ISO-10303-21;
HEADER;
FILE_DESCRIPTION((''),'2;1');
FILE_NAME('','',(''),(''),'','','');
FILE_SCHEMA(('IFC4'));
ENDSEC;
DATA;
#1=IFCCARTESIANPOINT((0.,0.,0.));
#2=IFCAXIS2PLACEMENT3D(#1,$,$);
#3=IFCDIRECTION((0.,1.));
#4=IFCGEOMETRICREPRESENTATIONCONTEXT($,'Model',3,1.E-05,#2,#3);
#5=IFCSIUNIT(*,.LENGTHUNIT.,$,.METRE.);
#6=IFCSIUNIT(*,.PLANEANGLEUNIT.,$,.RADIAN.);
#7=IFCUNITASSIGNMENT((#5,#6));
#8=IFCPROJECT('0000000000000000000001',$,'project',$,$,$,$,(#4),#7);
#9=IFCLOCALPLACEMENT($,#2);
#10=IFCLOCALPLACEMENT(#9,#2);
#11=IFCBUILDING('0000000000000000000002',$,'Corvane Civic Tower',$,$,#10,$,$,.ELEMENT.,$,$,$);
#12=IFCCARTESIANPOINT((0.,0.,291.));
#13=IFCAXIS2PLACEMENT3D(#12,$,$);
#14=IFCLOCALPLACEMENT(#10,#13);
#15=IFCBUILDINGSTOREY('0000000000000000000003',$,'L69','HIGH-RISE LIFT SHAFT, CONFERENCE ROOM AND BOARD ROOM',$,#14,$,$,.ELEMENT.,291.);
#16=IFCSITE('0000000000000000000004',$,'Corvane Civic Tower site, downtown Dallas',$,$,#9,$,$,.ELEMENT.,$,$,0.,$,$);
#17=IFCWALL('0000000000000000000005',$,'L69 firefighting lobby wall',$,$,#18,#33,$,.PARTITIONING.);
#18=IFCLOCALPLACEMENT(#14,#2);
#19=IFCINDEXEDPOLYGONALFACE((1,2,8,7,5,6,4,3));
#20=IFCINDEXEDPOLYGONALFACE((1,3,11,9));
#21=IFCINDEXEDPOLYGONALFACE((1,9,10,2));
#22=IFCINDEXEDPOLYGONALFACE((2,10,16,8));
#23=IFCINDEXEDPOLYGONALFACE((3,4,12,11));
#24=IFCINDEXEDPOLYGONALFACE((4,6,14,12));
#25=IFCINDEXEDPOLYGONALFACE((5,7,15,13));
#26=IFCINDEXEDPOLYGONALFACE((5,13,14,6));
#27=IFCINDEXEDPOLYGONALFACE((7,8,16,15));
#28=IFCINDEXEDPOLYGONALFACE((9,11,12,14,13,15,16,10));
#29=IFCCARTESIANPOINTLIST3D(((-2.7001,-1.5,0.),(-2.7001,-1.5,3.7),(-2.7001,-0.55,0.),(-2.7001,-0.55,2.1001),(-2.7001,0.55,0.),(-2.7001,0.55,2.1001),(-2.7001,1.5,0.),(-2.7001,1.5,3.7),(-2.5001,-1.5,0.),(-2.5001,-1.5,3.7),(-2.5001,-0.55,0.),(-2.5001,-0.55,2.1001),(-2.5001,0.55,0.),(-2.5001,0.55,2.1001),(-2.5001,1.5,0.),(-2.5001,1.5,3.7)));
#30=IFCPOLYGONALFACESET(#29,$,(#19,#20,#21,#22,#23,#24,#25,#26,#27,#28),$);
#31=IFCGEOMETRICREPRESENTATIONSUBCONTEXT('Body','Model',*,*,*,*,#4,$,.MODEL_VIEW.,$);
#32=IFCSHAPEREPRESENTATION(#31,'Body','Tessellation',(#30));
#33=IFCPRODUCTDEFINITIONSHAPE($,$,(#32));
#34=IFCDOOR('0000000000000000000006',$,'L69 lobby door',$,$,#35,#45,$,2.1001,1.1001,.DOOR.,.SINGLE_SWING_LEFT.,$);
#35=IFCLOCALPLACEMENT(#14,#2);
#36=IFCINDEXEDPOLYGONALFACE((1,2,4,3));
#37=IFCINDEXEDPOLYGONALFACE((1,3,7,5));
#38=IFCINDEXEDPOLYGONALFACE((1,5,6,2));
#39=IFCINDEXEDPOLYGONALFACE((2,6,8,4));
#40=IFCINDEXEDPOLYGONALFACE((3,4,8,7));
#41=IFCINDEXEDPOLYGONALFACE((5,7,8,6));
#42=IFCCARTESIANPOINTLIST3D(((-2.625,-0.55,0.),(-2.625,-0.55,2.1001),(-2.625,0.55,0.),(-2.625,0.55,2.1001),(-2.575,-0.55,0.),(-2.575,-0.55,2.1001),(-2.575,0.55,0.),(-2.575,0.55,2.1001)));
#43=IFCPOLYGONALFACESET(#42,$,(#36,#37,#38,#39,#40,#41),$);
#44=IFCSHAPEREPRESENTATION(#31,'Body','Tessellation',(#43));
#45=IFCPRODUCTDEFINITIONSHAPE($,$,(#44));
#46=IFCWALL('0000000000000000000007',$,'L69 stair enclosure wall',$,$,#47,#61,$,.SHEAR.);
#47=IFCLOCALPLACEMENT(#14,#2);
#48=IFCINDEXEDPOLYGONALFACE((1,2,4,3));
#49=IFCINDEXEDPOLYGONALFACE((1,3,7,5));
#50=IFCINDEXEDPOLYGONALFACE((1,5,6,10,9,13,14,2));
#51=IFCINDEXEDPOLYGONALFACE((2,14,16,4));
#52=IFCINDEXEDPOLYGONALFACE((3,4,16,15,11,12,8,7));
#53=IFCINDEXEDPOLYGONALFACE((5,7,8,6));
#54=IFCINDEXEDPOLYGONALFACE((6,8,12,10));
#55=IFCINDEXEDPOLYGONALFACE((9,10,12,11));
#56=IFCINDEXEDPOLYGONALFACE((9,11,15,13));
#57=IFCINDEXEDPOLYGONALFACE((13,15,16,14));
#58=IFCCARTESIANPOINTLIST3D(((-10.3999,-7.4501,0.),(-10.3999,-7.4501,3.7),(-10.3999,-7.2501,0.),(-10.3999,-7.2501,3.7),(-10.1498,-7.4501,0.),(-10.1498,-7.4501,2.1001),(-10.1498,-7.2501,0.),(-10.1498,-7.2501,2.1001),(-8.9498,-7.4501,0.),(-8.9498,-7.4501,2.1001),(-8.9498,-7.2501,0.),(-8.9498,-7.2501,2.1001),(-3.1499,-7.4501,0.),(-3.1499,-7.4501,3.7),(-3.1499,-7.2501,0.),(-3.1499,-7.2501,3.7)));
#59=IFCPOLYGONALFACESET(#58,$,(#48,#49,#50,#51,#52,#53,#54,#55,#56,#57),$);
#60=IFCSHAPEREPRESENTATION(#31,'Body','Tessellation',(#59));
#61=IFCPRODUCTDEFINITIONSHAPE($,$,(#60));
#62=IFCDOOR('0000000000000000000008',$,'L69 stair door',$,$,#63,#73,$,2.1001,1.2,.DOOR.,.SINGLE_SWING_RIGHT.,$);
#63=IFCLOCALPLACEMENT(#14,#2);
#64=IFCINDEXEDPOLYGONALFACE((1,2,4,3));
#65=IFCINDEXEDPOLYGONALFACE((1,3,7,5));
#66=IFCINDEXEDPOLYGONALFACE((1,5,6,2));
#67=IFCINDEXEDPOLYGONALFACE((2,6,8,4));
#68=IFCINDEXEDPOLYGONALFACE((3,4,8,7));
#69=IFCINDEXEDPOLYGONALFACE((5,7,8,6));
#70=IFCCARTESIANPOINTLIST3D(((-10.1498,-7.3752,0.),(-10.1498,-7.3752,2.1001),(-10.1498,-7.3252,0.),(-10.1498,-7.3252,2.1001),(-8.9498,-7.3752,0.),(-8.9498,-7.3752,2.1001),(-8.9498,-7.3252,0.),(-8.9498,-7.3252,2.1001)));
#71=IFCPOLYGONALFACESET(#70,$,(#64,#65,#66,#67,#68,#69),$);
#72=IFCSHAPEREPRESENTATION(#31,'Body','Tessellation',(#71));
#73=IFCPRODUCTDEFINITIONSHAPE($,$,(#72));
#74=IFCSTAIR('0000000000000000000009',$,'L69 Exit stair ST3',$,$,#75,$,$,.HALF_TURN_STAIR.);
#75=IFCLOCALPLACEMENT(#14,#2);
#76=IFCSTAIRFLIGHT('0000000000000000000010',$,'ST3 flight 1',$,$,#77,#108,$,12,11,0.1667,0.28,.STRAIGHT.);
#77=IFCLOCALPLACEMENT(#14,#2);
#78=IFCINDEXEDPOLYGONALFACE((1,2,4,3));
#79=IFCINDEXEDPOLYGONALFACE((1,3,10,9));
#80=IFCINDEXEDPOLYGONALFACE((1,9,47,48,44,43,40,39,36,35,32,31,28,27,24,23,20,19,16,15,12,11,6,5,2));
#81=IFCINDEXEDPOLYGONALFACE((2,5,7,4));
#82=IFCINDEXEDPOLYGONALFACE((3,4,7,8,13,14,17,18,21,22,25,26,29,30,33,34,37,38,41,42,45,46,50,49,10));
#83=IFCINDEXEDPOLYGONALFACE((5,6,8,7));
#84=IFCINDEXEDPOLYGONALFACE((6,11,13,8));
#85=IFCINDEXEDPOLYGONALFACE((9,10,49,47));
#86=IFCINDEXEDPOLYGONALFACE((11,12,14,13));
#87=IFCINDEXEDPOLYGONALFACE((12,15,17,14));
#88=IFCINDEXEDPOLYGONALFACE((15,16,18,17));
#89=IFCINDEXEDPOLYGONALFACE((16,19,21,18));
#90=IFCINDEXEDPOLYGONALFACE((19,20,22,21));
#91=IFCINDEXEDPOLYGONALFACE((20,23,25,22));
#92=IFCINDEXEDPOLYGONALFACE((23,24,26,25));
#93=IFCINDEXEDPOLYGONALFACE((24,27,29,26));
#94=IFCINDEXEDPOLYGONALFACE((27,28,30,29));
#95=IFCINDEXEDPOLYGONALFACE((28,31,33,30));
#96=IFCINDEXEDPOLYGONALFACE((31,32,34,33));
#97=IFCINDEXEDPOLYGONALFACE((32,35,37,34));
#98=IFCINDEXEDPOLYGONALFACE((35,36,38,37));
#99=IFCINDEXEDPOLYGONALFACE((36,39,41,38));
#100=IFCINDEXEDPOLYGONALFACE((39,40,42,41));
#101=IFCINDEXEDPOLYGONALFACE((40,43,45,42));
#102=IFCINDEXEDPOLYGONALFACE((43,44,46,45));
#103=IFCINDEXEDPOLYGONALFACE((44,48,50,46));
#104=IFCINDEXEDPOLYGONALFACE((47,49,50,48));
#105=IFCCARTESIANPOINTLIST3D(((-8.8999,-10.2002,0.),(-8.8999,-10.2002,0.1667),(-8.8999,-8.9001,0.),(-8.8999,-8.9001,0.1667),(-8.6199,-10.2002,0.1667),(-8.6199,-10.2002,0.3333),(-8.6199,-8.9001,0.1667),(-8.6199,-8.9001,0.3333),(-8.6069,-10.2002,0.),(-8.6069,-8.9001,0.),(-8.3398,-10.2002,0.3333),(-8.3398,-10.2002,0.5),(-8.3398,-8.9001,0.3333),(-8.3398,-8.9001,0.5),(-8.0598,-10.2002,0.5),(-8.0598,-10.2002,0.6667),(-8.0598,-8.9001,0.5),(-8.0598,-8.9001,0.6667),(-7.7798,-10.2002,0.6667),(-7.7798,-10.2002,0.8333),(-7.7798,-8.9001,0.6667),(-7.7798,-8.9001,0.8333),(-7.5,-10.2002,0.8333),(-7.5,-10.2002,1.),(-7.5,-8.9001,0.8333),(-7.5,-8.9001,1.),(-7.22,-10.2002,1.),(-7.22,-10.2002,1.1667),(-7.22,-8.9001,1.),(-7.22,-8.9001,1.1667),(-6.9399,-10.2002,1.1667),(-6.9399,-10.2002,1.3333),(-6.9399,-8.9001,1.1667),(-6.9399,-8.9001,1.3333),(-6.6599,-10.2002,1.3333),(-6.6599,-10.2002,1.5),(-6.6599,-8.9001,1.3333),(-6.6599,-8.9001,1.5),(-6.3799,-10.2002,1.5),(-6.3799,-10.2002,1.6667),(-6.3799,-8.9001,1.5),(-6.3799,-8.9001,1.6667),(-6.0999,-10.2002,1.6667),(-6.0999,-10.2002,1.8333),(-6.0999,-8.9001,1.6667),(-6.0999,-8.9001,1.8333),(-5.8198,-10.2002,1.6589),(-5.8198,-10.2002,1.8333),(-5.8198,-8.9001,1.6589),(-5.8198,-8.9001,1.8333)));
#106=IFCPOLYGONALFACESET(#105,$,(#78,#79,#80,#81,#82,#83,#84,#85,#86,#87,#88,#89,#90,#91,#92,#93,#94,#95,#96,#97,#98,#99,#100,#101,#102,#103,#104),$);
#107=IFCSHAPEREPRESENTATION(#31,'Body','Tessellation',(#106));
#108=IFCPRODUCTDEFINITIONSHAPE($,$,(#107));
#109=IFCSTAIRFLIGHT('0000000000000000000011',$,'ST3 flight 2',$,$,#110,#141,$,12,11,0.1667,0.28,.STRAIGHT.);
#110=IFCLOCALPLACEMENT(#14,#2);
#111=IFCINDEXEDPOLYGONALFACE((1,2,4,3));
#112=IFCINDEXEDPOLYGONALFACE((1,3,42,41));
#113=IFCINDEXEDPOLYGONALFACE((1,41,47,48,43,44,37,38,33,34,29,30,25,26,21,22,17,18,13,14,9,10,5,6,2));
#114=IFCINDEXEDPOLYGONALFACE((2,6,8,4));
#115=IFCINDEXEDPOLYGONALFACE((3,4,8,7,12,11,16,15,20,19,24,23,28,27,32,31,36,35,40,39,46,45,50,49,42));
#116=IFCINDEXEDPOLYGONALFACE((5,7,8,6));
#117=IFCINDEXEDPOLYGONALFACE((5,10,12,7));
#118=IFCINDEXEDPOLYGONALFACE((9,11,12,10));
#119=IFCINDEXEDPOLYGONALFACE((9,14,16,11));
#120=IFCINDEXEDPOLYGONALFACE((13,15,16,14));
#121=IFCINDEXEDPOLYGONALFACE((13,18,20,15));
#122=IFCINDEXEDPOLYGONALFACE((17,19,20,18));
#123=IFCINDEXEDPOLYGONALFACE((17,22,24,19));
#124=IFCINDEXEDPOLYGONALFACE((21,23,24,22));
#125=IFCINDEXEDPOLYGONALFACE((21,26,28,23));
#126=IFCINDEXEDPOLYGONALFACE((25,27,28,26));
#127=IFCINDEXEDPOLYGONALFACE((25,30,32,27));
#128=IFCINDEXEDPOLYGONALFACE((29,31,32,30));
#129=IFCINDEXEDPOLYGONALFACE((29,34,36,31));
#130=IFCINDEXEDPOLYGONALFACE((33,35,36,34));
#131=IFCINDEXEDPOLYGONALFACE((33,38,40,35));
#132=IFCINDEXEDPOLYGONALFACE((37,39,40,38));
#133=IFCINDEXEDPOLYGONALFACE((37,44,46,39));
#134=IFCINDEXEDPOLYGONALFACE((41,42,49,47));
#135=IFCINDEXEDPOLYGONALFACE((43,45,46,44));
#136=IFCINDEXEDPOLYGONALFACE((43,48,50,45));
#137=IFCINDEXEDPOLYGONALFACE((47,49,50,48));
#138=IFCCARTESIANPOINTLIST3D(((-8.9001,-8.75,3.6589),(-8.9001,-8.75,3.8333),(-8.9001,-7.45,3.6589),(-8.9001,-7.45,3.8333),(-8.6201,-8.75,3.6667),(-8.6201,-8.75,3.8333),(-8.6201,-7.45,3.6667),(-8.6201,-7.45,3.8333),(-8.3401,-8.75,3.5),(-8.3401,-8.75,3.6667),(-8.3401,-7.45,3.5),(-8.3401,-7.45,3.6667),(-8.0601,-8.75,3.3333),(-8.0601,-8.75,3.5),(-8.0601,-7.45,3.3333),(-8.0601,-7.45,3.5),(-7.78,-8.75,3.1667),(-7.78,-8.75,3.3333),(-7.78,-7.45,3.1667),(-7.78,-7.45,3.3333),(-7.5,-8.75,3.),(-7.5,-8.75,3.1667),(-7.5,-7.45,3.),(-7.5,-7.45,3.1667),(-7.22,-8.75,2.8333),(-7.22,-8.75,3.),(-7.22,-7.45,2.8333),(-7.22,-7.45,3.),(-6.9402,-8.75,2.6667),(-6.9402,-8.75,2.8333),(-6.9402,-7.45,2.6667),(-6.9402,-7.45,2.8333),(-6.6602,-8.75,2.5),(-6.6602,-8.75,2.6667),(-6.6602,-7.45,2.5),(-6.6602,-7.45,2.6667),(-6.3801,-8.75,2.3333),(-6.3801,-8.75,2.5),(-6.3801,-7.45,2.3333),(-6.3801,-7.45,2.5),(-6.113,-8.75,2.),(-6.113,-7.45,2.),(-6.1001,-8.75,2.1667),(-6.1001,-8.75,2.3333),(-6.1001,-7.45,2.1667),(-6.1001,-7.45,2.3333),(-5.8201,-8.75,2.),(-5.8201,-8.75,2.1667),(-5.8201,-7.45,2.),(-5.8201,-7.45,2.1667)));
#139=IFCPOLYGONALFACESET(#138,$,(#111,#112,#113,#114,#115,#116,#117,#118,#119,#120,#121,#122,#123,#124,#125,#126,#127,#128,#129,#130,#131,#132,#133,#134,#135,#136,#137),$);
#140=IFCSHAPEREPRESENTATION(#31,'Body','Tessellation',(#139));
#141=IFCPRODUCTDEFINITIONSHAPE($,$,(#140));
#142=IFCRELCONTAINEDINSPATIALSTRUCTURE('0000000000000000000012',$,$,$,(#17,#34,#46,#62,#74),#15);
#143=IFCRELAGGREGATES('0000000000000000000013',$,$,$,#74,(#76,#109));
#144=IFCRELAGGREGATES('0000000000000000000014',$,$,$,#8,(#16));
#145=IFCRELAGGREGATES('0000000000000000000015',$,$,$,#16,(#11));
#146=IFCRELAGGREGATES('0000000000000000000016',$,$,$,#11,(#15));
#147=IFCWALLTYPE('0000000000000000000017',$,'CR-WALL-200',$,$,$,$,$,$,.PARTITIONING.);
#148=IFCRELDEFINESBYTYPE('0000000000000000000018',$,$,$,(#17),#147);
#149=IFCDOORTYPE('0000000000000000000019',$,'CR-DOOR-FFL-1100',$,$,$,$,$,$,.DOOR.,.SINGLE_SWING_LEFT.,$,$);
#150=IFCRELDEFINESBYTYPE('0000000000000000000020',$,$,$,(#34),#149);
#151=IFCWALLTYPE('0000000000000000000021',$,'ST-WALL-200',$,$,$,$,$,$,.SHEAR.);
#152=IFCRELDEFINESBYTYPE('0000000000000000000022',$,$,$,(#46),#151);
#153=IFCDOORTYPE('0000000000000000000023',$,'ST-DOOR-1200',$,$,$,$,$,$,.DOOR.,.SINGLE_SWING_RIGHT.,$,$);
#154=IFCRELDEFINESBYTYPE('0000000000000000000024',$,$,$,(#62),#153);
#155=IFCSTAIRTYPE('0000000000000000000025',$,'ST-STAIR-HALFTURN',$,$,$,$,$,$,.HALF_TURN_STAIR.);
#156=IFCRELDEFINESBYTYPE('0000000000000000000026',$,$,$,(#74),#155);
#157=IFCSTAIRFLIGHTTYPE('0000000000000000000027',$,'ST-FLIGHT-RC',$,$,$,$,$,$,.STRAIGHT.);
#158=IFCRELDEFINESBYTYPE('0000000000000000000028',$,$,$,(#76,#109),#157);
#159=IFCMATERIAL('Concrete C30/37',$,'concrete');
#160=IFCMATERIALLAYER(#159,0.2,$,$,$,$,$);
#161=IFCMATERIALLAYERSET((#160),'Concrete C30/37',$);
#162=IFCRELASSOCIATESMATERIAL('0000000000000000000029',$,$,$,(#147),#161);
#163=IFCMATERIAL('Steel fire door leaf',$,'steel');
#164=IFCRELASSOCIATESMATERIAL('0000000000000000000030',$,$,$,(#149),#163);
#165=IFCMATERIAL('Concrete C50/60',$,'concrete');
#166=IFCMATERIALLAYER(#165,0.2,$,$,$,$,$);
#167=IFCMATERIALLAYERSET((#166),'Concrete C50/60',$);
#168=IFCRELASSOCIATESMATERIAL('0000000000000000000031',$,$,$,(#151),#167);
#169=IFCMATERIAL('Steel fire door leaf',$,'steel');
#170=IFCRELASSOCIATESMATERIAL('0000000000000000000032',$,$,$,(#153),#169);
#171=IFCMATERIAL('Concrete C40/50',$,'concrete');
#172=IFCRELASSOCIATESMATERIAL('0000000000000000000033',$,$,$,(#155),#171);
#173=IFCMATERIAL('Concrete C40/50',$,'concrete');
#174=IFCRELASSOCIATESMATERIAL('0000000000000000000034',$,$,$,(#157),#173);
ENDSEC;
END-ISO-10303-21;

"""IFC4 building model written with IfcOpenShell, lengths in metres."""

from ifc_helpers import new_model, si_unit, direction, frame, frame_2d, origin, place, context, subcontext, project, spatial, polyline, rectangle, outline, extrude, material, layer, layer_set, type_object, element, fill, aggregate, save


model = new_model("IFC4")

# Units and contexts
model_context = context("Model", 3, precision=1e-05, world=origin(), true_north=direction((0.0, 1.0)))
body_context = subcontext(model_context, "Body", "Model", "MODEL_VIEW")
ifc_project = project(units=[si_unit("LENGTHUNIT", "METRE"), si_unit("PLANEANGLEUNIT", "RADIAN")], contexts=[model_context])

# Site, building, storey
site_placement = place(None, origin())
site = spatial("IfcSite", under=ifc_project, at=site_placement, Name="Corvane Civic Tower site, downtown Dallas", CompositionType="ELEMENT", RefElevation=0.0)
building_placement = place(site_placement, origin())
building = spatial("IfcBuilding", under=site, at=building_placement, Name="Corvane Civic Tower", CompositionType="ELEMENT")
storey_placement = place(building_placement, frame((0.0, 0.0, 291.0)))
storey = spatial("IfcBuildingStorey", under=building, at=storey_placement, Name="L69", Description="HIGH-RISE LIFT SHAFT, CONFERENCE ROOM AND BOARD ROOM", CompositionType="ELEMENT", Elevation=291.0)

# Shared definitions
ifc_material_1 = material(Name="Concrete C30/37", Category="concrete")
ifc_layer_1 = layer(ifc_material_1, 0.2)
ifc_layer_set_1 = layer_set([ifc_layer_1], Name="Concrete C30/37")
wall_type_1 = type_object("IfcWallType", Name="CR-WALL-200", PredefinedType="PARTITIONING", material=ifc_layer_set_1)

# Walls, openings, doors
ifc_material_2 = material(Name="Steel fire door leaf", Category="steel")
door_type_1 = type_object("IfcDoorType", Name="CR-DOOR-FFL-1100", OperationType="SINGLE_SWING_LEFT", PredefinedType="DOOR", material=ifc_material_2)
wall_1_placement = place(storey_placement, frame((-2.6001, -1.5, 0.0), z_axis=(0.0, 0.0, 1.0), x_axis=(0.0, 1.0, 0.0)))
wall_1 = element("IfcWall", 1, at=wall_1_placement, inside=storey, type_object=wall_type_1, Name="L69 firefighting lobby wall", PredefinedType="PARTITIONING", context=body_context, shape_type="SweptSolid", body=[
    extrude(rectangle(XDim=3.0, YDim=0.2, at=frame_2d((1.5, 0.0))), origin(), (0.0, 0.0, 1.0), 3.7),
])
opening_1_placement = place(wall_1_placement, frame((0.95, 0.0, 0.0)))
opening_1 = element("IfcOpeningElement", 2, at=opening_1_placement, cuts=wall_1, PredefinedType="OPENING", context=body_context, shape_type="SweptSolid", body=[
    extrude(rectangle(XDim=1.1001, YDim=2.1001, at=frame_2d((0.55, 1.05))), frame((0.0, 0.1099, 0.0), z_axis=(0.0, -1.0, 0.0), x_axis=(1.0, 0.0, 0.0)), (0.0, 0.0, 1.0), 0.22),
])
door_1_placement = place(opening_1_placement, origin())
door_1 = element("IfcDoor", 3, at=door_1_placement, inside=storey, type_object=door_type_1, Name="L69 lobby door", OperationType="SINGLE_SWING_LEFT", OverallHeight=2.1001, OverallWidth=1.1001, PredefinedType="DOOR", context=body_context, shape_type="SweptSolid", body=[
    extrude(rectangle(XDim=1.1001, YDim=2.1001, at=frame_2d((0.55, 1.05))), frame((0.0, 0.0249, 0.0), z_axis=(0.0, -1.0, 0.0), x_axis=(1.0, 0.0, 0.0)), (0.0, 0.0, 1.0), 0.05),
])
fill(opening_1, door_1)
ifc_material_3 = material(Name="Concrete C50/60", Category="concrete")
ifc_layer_2 = layer(ifc_material_3, 0.2)
ifc_layer_set_2 = layer_set([ifc_layer_2], Name="Concrete C50/60")
wall_type_2 = type_object("IfcWallType", Name="ST-WALL-200", PredefinedType="SHEAR", material=ifc_layer_set_2)
wall_2_placement = place(storey_placement, frame((-10.3999, -7.3501, 0.0), z_axis=(0.0, 0.0, 1.0), x_axis=(1.0, 0.0, 0.0)))
wall_2 = element("IfcWall", 4, at=wall_2_placement, inside=storey, type_object=wall_type_2, Name="L69 stair enclosure wall", PredefinedType="SHEAR", context=body_context, shape_type="SweptSolid", body=[
    extrude(rectangle(XDim=7.25, YDim=0.2, at=frame_2d((3.625, 0.0))), origin(), (0.0, 0.0, 1.0), 3.7),
])
opening_2_placement = place(wall_2_placement, frame((0.25, 0.0, 0.0)))
opening_2 = element("IfcOpeningElement", 5, at=opening_2_placement, cuts=wall_2, PredefinedType="OPENING", context=body_context, shape_type="SweptSolid", body=[
    extrude(rectangle(XDim=1.2, YDim=2.1001, at=frame_2d((0.6001, 1.05))), frame((0.0, 0.1099, 0.0), z_axis=(0.0, -1.0, 0.0), x_axis=(1.0, 0.0, 0.0)), (0.0, 0.0, 1.0), 0.22),
])
ifc_material_4 = material(Name="Steel fire door leaf", Category="steel")
door_type_2 = type_object("IfcDoorType", Name="ST-DOOR-1200", OperationType="SINGLE_SWING_RIGHT", PredefinedType="DOOR", material=ifc_material_4)
door_2_placement = place(opening_2_placement, origin())
door_2 = element("IfcDoor", 6, at=door_2_placement, inside=storey, type_object=door_type_2, Name="L69 stair door", OperationType="SINGLE_SWING_RIGHT", OverallHeight=2.1001, OverallWidth=1.2, PredefinedType="DOOR", context=body_context, shape_type="SweptSolid", body=[
    extrude(rectangle(XDim=1.2, YDim=2.1001, at=frame_2d((0.6001, 1.05))), frame((0.0, 0.0249, 0.0), z_axis=(0.0, -1.0, 0.0), x_axis=(1.0, 0.0, 0.0)), (0.0, 0.0, 1.0), 0.05),
])
fill(opening_2, door_2)

# Stair, stair flights
ifc_material_5 = material(Name="Concrete C40/50", Category="concrete")
stair_type = type_object("IfcStairType", Name="ST-STAIR-HALFTURN", PredefinedType="HALF_TURN_STAIR", material=ifc_material_5)
stair_placement = place(storey_placement, origin())
stair = element("IfcStair", 7, at=stair_placement, inside=storey, type_object=stair_type, Name="L69 Exit stair ST3", PredefinedType="HALF_TURN_STAIR")
ifc_material_6 = material(Name="Concrete C40/50", Category="concrete")
stair_flight_type = type_object("IfcStairFlightType", Name="ST-FLIGHT-RC", PredefinedType="STRAIGHT", material=ifc_material_6)
stair_flight_1_placement = place(storey_placement, frame((-8.8999, -9.55, 0.0), z_axis=(0.0, 0.0, 1.0), x_axis=(1.0, 0.0, 0.0)))
stair_flight_1 = element("IfcStairFlight", 8, at=stair_flight_1_placement, type_object=stair_flight_type, Name="ST3 flight 1", NumberOfRisers=12, NumberOfTreads=11, PredefinedType="STRAIGHT", RiserHeight=0.1667, TreadLength=0.28, context=body_context, shape_type="SweptSolid", body=[
    extrude(outline(polyline([(0.0, 0.0), (0.0, 0.1667), (0.28, 0.1667), (0.28, 0.3333), (0.5601, 0.3333), (0.5601, 0.5), (0.8401, 0.5), (0.8401, 0.6667), (1.1201, 0.6667), (1.1201, 0.8333), (1.3999, 0.8333), (1.3999, 1.0), (1.6799, 1.0), (1.6799, 1.1667), (1.96, 1.1667), (1.96, 1.3333), (2.24, 1.3333), (2.24, 1.5), (2.52, 1.5), (2.52, 1.6667), (2.8, 1.6667), (2.8, 1.8333), (3.0801, 1.8333), (3.0801, 2.0), (3.0801, 1.6589), (0.293, 0.0), (0.0, 0.0)])), frame((0.0, 0.6499, 0.0), z_axis=(0.0, -1.0, 0.0), x_axis=(1.0, 0.0, 0.0)), (0.0, 0.0, 1.0), 1.3),
])
stair_flight_2_placement = place(storey_placement, frame((-5.8201, -8.1001, 2.0), z_axis=(0.0, 0.0, 1.0), x_axis=(-1.0, 0.0, 0.0)))
stair_flight_2 = element("IfcStairFlight", 9, at=stair_flight_2_placement, type_object=stair_flight_type, Name="ST3 flight 2", NumberOfRisers=12, NumberOfTreads=11, PredefinedType="STRAIGHT", RiserHeight=0.1667, TreadLength=0.28, context=body_context, shape_type="SweptSolid", body=[
    extrude(outline(polyline([(0.0, 0.0), (0.0, 0.1667), (0.28, 0.1667), (0.28, 0.3333), (0.5601, 0.3333), (0.5601, 0.5), (0.8401, 0.5), (0.8401, 0.6667), (1.1201, 0.6667), (1.1201, 0.8333), (1.3999, 0.8333), (1.3999, 1.0), (1.6799, 1.0), (1.6799, 1.1667), (1.96, 1.1667), (1.96, 1.3333), (2.24, 1.3333), (2.24, 1.5), (2.52, 1.5), (2.52, 1.6667), (2.8, 1.6667), (2.8, 1.8333), (3.0801, 1.8333), (3.0801, 2.0), (3.0801, 1.6589), (0.293, 0.0), (0.0, 0.0)])), frame((0.0, 0.6499, 0.0), z_axis=(0.0, -1.0, 0.0), x_axis=(1.0, 0.0, 0.0)), (0.0, 0.0, 1.0), 1.3),
])
aggregate(stair, [stair_flight_1, stair_flight_2])

save(model, "model.ifc")
